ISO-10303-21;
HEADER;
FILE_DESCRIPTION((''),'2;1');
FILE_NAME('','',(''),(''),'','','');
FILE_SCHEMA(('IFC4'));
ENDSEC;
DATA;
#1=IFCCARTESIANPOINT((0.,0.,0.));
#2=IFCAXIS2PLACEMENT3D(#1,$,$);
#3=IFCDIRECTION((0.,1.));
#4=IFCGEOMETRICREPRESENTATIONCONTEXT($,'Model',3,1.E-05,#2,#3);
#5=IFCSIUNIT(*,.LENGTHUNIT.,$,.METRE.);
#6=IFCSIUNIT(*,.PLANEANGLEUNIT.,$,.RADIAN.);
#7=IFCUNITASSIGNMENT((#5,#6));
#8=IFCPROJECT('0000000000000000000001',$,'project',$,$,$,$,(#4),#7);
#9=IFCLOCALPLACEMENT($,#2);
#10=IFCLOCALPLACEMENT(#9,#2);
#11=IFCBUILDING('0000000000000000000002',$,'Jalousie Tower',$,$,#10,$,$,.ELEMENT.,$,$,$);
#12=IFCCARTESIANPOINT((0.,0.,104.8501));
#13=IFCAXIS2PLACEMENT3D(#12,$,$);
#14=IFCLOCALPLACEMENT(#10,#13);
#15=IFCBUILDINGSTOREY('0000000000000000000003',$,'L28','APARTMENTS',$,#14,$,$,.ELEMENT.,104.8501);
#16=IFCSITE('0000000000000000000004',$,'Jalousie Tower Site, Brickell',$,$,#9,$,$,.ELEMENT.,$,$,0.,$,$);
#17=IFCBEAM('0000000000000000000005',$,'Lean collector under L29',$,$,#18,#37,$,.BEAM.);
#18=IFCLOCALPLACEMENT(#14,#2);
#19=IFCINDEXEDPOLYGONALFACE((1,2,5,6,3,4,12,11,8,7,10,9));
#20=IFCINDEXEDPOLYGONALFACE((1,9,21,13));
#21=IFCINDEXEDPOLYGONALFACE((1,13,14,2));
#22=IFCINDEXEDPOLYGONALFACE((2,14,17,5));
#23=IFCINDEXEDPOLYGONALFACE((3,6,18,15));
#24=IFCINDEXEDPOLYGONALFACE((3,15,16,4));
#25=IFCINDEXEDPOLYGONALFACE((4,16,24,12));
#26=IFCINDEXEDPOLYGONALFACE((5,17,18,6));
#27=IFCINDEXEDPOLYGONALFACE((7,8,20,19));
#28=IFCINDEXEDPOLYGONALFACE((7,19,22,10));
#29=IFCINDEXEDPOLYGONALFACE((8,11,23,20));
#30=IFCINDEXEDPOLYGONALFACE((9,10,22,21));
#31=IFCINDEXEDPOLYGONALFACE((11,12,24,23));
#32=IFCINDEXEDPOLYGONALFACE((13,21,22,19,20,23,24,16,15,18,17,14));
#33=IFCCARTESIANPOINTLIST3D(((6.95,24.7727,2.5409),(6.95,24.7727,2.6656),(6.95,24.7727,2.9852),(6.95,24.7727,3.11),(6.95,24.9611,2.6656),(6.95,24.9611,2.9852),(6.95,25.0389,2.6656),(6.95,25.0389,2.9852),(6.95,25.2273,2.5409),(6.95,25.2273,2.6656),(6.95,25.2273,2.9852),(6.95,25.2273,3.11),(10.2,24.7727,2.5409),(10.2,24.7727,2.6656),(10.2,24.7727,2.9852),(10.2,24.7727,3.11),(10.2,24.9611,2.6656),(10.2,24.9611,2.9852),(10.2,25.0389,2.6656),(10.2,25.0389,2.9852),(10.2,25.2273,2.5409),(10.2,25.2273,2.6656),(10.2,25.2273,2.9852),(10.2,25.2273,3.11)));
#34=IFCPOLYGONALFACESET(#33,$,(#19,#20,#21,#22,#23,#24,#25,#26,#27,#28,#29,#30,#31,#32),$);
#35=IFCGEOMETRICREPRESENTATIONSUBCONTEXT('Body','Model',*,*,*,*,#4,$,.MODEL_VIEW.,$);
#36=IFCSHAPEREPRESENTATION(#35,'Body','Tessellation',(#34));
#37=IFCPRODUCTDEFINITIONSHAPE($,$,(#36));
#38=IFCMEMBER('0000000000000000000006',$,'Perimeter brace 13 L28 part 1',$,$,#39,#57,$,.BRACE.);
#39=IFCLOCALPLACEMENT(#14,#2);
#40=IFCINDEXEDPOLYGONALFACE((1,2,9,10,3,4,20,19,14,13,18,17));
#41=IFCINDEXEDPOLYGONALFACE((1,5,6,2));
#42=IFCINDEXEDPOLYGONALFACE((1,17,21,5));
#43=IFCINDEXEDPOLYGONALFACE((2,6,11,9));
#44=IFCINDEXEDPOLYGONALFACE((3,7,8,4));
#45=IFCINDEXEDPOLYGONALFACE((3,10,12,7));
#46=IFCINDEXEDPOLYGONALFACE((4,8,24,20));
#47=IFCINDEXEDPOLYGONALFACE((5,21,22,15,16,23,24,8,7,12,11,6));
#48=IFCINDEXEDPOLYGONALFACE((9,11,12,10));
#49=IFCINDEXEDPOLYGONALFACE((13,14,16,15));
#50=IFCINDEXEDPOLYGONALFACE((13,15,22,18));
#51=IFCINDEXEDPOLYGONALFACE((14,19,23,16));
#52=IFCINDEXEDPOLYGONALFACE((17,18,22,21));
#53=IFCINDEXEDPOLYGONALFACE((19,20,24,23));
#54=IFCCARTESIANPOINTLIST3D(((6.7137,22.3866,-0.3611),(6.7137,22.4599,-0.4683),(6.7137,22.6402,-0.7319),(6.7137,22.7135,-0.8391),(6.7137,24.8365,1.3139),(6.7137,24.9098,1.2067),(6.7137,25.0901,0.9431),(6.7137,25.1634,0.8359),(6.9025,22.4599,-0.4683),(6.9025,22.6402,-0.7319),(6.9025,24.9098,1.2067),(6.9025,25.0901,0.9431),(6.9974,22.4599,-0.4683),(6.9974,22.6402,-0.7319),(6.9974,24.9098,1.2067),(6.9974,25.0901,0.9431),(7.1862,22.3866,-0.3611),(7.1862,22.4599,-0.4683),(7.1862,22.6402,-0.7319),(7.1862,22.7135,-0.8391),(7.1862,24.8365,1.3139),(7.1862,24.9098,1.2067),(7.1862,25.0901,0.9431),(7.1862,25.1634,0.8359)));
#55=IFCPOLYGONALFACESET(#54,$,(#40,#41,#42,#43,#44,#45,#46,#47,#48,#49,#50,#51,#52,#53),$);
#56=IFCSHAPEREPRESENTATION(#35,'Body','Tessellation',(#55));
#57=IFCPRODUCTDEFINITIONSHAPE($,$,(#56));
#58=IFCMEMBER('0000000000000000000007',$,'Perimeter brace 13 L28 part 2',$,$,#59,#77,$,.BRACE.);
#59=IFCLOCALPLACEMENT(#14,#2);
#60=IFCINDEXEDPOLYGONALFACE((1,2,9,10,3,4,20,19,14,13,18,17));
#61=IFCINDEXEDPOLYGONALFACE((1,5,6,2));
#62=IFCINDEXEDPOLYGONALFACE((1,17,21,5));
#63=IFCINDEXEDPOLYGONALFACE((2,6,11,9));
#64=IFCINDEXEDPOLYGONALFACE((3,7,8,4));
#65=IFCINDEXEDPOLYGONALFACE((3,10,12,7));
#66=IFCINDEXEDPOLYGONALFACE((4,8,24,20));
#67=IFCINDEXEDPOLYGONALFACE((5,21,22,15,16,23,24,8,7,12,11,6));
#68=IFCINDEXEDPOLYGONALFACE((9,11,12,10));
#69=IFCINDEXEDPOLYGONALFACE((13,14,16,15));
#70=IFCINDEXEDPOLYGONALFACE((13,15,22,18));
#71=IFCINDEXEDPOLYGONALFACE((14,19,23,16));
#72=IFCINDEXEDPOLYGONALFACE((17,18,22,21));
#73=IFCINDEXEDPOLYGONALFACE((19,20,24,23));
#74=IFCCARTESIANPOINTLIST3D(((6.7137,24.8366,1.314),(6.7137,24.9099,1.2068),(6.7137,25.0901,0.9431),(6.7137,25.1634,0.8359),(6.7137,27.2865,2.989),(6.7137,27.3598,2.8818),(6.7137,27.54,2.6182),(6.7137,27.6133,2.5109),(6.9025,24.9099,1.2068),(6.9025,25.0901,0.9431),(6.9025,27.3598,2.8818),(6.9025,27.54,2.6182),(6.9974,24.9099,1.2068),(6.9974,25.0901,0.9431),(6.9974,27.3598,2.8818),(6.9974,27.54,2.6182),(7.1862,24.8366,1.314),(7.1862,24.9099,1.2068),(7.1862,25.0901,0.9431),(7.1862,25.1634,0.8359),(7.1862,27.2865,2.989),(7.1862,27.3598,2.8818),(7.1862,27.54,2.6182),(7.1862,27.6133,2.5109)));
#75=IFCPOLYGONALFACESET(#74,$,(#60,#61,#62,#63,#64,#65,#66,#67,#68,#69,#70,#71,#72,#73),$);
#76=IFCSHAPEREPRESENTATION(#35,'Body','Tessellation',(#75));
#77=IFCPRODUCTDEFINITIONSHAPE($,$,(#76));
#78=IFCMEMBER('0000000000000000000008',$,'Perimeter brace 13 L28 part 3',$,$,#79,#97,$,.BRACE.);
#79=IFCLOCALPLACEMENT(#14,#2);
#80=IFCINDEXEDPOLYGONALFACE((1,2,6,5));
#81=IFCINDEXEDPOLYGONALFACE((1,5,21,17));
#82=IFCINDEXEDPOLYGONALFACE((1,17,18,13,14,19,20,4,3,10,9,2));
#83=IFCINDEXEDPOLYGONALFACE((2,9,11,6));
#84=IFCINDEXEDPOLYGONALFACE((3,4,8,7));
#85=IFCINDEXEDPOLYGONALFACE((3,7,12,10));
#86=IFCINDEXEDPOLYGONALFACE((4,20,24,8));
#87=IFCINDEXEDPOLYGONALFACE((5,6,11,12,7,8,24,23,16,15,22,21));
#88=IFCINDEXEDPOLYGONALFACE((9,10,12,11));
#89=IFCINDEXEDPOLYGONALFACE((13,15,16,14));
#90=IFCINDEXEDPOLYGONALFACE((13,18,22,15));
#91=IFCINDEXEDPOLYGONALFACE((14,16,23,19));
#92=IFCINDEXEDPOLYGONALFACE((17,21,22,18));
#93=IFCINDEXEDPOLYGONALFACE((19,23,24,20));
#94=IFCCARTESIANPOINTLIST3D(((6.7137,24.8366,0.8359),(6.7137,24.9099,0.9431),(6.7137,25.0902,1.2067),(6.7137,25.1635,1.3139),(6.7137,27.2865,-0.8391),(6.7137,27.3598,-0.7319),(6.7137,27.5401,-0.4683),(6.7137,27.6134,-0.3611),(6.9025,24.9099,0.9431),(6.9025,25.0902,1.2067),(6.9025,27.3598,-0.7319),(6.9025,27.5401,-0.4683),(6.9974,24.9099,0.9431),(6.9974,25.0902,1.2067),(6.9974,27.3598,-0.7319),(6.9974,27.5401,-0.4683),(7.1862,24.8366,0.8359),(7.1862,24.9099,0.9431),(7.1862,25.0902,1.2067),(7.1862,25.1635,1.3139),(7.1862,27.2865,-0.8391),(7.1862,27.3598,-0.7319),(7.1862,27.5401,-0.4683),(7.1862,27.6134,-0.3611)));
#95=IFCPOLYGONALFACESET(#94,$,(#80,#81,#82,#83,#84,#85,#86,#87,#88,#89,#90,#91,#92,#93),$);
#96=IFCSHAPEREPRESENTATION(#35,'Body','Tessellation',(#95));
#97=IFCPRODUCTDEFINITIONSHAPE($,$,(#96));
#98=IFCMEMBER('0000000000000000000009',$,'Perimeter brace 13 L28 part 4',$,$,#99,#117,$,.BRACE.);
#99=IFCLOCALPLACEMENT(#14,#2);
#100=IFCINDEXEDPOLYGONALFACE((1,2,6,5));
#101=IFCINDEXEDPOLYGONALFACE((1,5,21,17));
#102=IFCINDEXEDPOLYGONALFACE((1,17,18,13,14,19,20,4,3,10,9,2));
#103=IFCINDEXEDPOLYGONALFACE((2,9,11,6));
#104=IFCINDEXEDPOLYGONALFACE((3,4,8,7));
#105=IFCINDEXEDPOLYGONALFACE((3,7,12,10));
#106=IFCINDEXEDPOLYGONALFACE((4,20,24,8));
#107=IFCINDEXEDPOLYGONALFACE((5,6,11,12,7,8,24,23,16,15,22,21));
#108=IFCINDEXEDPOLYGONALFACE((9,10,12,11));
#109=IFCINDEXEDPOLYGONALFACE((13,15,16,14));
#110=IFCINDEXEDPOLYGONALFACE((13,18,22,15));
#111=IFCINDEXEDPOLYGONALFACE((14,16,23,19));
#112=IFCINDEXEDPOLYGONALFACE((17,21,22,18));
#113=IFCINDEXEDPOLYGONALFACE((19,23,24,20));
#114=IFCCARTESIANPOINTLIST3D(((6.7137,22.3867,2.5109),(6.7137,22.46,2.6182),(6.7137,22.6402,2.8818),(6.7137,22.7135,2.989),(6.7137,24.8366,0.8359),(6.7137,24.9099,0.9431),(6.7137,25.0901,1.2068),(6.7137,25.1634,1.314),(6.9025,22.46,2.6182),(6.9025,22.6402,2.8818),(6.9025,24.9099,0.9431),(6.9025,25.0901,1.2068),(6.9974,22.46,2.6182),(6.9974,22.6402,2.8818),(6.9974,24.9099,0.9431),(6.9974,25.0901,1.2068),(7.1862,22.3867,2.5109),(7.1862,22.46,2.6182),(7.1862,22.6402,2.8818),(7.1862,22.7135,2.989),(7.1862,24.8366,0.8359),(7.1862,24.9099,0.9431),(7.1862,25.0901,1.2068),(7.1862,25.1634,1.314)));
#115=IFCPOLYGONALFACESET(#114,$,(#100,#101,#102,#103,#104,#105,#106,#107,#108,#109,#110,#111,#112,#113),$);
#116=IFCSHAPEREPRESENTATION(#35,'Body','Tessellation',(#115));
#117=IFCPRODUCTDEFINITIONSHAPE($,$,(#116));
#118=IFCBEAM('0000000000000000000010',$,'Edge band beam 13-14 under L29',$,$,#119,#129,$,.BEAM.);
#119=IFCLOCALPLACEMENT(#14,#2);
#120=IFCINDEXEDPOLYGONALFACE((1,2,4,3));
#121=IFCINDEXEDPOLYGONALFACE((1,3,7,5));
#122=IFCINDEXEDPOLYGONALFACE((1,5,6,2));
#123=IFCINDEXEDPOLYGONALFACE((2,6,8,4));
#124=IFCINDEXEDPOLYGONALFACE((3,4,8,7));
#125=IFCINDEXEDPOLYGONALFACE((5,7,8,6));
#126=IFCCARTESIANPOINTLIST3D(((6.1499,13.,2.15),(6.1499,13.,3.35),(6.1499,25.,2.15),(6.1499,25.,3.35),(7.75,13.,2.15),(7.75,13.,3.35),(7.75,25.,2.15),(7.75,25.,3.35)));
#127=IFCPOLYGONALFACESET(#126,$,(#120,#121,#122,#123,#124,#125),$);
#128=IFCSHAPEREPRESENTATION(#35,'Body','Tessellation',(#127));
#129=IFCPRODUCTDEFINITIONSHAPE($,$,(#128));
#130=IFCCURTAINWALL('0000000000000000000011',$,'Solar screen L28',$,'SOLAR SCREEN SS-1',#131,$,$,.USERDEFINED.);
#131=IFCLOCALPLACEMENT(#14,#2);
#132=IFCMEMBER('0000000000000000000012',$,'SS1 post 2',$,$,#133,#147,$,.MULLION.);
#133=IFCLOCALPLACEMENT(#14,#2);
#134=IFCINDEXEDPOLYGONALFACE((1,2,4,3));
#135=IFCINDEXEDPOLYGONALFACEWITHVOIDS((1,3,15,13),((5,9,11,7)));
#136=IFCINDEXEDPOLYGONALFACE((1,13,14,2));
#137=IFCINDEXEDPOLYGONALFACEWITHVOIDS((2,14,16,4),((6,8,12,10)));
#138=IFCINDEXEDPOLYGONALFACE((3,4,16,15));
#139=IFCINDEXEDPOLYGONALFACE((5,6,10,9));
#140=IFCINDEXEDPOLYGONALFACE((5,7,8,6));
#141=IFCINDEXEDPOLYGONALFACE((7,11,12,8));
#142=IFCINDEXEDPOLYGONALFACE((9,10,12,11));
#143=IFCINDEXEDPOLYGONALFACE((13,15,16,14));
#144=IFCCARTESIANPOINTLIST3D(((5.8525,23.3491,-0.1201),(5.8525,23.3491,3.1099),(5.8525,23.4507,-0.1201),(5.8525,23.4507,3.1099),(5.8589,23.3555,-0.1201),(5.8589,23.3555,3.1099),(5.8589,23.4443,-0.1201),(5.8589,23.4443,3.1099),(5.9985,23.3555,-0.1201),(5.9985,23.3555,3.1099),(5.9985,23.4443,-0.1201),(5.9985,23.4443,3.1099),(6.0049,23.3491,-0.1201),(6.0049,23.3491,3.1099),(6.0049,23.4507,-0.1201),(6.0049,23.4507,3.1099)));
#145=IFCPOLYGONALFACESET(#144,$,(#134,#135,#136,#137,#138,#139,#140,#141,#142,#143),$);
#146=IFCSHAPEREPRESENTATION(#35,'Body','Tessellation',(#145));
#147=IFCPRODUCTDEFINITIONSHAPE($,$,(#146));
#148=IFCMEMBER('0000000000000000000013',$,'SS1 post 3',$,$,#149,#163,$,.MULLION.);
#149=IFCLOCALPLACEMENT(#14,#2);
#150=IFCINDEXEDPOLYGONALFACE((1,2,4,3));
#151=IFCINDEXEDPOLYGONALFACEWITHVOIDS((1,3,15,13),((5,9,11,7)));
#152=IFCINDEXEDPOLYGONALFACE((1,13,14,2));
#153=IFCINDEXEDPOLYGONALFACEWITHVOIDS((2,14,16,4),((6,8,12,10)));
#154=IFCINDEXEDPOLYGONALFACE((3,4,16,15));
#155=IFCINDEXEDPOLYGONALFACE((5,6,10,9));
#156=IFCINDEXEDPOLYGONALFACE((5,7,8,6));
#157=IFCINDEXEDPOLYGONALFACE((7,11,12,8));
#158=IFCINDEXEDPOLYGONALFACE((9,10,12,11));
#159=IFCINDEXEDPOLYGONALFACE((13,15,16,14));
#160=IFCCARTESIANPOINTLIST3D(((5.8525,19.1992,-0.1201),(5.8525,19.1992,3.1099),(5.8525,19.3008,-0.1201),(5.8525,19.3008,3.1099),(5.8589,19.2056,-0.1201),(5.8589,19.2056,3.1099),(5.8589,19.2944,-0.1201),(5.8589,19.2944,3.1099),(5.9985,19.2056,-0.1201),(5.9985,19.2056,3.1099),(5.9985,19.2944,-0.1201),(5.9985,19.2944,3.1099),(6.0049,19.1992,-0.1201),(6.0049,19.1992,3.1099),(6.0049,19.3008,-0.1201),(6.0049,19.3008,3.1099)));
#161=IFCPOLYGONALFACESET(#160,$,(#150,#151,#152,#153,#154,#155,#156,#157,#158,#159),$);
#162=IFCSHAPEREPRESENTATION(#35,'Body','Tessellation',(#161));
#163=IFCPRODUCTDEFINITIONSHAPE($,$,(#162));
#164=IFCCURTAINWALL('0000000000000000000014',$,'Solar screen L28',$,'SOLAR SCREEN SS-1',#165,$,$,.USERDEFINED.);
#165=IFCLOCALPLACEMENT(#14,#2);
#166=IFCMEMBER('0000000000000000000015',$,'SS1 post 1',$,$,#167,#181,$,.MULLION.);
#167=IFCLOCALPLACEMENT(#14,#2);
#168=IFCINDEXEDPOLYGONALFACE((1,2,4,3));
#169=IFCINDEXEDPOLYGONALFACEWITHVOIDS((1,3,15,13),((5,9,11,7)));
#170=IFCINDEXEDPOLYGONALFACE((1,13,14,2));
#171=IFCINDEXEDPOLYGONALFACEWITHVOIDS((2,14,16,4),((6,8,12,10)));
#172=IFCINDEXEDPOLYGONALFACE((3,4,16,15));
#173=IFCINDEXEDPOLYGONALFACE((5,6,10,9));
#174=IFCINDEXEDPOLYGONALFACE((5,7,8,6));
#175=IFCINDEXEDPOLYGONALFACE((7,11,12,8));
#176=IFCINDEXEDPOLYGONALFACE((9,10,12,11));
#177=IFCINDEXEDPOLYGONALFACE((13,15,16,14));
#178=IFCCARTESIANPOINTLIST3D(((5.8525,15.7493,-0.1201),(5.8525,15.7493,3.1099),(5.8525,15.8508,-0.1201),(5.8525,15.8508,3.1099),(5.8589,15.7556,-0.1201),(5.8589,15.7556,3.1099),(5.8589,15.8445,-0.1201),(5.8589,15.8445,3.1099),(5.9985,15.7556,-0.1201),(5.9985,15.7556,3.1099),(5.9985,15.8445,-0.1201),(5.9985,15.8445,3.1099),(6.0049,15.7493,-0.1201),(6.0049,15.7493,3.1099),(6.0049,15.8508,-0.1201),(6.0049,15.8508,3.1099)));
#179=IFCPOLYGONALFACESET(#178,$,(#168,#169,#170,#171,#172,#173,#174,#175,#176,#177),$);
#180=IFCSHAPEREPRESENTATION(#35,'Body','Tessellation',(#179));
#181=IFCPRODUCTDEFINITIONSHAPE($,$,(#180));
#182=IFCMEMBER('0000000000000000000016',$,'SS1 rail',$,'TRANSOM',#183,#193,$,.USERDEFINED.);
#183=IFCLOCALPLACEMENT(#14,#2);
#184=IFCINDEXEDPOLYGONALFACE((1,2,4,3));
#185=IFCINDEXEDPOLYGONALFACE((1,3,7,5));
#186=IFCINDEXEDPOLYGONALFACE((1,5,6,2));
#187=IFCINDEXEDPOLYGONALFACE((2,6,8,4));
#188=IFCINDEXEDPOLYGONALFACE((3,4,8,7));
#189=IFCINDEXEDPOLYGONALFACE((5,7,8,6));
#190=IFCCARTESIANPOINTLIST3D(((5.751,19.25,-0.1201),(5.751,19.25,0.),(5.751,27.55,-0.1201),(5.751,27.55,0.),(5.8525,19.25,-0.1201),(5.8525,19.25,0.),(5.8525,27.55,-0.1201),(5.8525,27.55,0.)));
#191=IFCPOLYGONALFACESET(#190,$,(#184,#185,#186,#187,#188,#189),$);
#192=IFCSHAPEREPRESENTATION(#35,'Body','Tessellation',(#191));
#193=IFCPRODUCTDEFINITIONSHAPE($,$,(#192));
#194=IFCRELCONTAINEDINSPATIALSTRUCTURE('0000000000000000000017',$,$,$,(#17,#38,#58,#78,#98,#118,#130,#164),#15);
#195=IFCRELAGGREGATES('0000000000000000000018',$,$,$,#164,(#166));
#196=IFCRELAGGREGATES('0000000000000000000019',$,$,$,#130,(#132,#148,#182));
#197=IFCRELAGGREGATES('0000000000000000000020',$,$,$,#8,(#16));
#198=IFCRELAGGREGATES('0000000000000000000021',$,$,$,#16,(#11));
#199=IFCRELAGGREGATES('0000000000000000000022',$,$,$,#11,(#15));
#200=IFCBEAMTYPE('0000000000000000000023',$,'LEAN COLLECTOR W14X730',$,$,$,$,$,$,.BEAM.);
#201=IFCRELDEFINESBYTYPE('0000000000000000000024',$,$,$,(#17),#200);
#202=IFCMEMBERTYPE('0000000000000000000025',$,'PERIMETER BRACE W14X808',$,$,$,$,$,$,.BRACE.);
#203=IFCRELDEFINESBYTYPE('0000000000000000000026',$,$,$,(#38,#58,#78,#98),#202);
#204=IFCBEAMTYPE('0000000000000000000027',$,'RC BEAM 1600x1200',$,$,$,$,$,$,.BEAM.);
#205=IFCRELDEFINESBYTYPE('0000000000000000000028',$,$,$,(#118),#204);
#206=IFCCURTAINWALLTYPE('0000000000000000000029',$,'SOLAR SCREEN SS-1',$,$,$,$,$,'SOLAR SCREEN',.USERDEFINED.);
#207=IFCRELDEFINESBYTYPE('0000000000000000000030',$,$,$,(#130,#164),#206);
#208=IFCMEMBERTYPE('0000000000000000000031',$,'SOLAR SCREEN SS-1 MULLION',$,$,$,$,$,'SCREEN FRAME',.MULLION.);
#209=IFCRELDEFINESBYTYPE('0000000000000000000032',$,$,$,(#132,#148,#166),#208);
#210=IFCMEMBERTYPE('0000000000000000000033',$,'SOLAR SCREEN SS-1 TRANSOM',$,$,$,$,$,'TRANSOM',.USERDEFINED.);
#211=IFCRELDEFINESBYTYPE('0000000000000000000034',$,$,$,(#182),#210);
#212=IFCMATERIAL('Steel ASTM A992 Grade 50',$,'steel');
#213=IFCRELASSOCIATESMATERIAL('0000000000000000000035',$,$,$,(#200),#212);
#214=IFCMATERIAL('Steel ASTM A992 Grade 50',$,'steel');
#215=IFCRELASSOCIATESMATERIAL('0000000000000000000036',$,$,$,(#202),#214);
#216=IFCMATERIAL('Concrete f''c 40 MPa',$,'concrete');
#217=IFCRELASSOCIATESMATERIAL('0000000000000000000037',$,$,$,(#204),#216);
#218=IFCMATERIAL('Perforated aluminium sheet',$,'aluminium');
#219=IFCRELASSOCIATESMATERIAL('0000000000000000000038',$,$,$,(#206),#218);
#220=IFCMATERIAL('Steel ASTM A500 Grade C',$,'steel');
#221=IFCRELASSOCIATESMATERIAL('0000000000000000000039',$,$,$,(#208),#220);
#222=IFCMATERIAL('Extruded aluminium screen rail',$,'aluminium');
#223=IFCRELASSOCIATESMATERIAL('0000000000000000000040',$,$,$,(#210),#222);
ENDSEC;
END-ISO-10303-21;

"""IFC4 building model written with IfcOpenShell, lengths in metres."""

from ifc_helpers import new_model, si_unit, direction, frame, origin, origin_2d, place, context, subcontext, project, spatial, rectangle, hollow_rectangle, i_section, extrude, material, material_profile, profile_set, type_object, element, aggregate, save


model = new_model("IFC4")

# Units and contexts
model_context = context("Model", 3, precision=1e-05, world=origin(), true_north=direction((0.0, 1.0)))
body_context = subcontext(model_context, "Body", "Model", "MODEL_VIEW")
ifc_project = project(units=[si_unit("LENGTHUNIT", "METRE"), si_unit("PLANEANGLEUNIT", "RADIAN")], contexts=[model_context])

# Site, building, storey
site_placement = place(None, origin())
site = spatial("IfcSite", under=ifc_project, at=site_placement, Name="Jalousie Tower Site, Brickell", CompositionType="ELEMENT", RefElevation=0.0)
building_placement = place(site_placement, origin())
building = spatial("IfcBuilding", under=site, at=building_placement, Name="Jalousie Tower", CompositionType="ELEMENT")
storey_placement = place(building_placement, frame((0.0, 0.0, 104.8501)))
storey = spatial("IfcBuildingStorey", under=building, at=storey_placement, Name="L28", Description="APARTMENTS", CompositionType="ELEMENT", Elevation=104.8501)

# Beam
ifc_material_1 = material(Name="Steel ASTM A992 Grade 50", Category="steel")
ifc_material_profile_1 = material_profile(ifc_material_1, i_section(OverallWidth=0.4546, OverallDepth=0.5691, WebThickness=0.0779, FlangeThickness=0.1248, at=origin_2d()), Name="W14X730")
ifc_profile_set_1 = profile_set([ifc_material_profile_1], Name="Steel ASTM A992 Grade 50")
beam_type_1 = type_object("IfcBeamType", Name="LEAN COLLECTOR W14X730", PredefinedType="BEAM", material=ifc_profile_set_1)
beam_1_placement = place(storey_placement, frame((6.95, 25.0, 2.8254), z_axis=(1.0, 0.0, 0.0), x_axis=(0.0, 1.0, 0.0)))
element("IfcBeam", 1, at=beam_1_placement, inside=storey, type_object=beam_type_1, Name="Lean collector under L29", PredefinedType="BEAM", context=body_context, shape_type="SweptSolid", body=[
    extrude(i_section(OverallWidth=0.4546, OverallDepth=0.5691, WebThickness=0.0779, FlangeThickness=0.1248, at=origin_2d()), origin(), (0.0, 0.0, 1.0), 3.25),
])

# Members
ifc_material_2 = material(Name="Steel ASTM A992 Grade 50", Category="steel")
ifc_material_profile_2 = material_profile(ifc_material_2, i_section(OverallWidth=0.4724, OverallDepth=0.5791, WebThickness=0.095, FlangeThickness=0.1299, at=origin_2d()), Name="W14X808")
ifc_profile_set_2 = profile_set([ifc_material_profile_2], Name="Steel ASTM A992 Grade 50")
member_type_1 = type_object("IfcMemberType", Name="PERIMETER BRACE W14X808", PredefinedType="BRACE", material=ifc_profile_set_2)
for number, where, z_axis, x_axis, name in (
    (2, (6.95, 22.55, -0.6001), (0.0, 0.825501, 0.564401), (-1.0, 0.0, 0.0), "Perimeter brace 13 L28 part 1"),
    (3, (6.95, 25.0, 1.075), (0.0, 0.825501, 0.564401), (-1.0, 0.0, 0.0), "Perimeter brace 13 L28 part 2"),
    (4, (6.95, 27.45, -0.6001), (0.0, -0.825501, 0.564401), (1.0, 0.0, 0.0), "Perimeter brace 13 L28 part 3"),
    (5, (6.95, 25.0, 1.075), (0.0, -0.825501, 0.564401), (1.0, 0.0, 0.0), "Perimeter brace 13 L28 part 4"),
):
    element("IfcMember", number, at=place(storey_placement, frame(where, z_axis=z_axis, x_axis=x_axis)), inside=storey, type_object=member_type_1, Name=name, PredefinedType="BRACE", context=body_context, shape_type="SweptSolid", body=[
        extrude(i_section(OverallWidth=0.4724, OverallDepth=0.5791, WebThickness=0.095, FlangeThickness=0.1299, at=origin_2d()), origin(), (0.0, 0.0, 1.0), 2.9678),
    ])

# Beam
ifc_material_3 = material(Name="Concrete f'c 40 MPa", Category="concrete")
ifc_material_profile_3 = material_profile(ifc_material_3, rectangle(XDim=1.6001, YDim=1.2, at=origin_2d()), Name="RC 1600x1200")
ifc_profile_set_3 = profile_set([ifc_material_profile_3], Name="Concrete f'c 40 MPa")
beam_type_2 = type_object("IfcBeamType", Name="RC BEAM 1600x1200", PredefinedType="BEAM", material=ifc_profile_set_3)
beam_2_placement = place(storey_placement, frame((6.95, 25.0, 2.75), z_axis=(0.0, -1.0, 0.0), x_axis=(1.0, 0.0, 0.0)))
element("IfcBeam", 6, at=beam_2_placement, inside=storey, type_object=beam_type_2, Name="Edge band beam 13-14 under L29", PredefinedType="BEAM", context=body_context, shape_type="SweptSolid", body=[
    extrude(rectangle(XDim=1.6001, YDim=1.2, at=origin_2d()), origin(), (0.0, 0.0, 1.0), 12.0),
])

# Curtain wall, members
ifc_material_4 = material(Name="Perforated aluminium sheet", Category="aluminium")
curtain_wall_type = type_object("IfcCurtainWallType", Name="SOLAR SCREEN SS-1", ElementType="SOLAR SCREEN", PredefinedType="USERDEFINED", material=ifc_material_4)
curtain_wall_1_placement = place(storey_placement, origin())
curtain_wall_1 = element("IfcCurtainWall", 7, at=curtain_wall_1_placement, inside=storey, type_object=curtain_wall_type, Name="Solar screen L28", ObjectType="SOLAR SCREEN SS-1", PredefinedType="USERDEFINED")
ifc_material_5 = material(Name="Steel ASTM A500 Grade C", Category="steel")
ifc_material_profile_4 = material_profile(ifc_material_5, hollow_rectangle(XDim=0.1016, YDim=0.1523, WallThickness=0.0063, at=origin_2d()), Name="HSS6X4X1/4")
ifc_profile_set_4 = profile_set([ifc_material_profile_4], Name="Steel ASTM A500 Grade C")
member_type_2 = type_object("IfcMemberType", Name="SOLAR SCREEN SS-1 MULLION", ElementType="SCREEN FRAME", PredefinedType="MULLION", material=ifc_profile_set_4)
member_1_placement = place(storey_placement, frame((5.9287, 23.3999, -0.1201), z_axis=(0.0, 0.0, 1.0), x_axis=(0.0, -1.0, 0.0)))
member_1 = element("IfcMember", 8, at=member_1_placement, type_object=member_type_2, Name="SS1 post 2", PredefinedType="MULLION", context=body_context, shape_type="SweptSolid", body=[
    extrude(hollow_rectangle(XDim=0.1016, YDim=0.1523, WallThickness=0.0063, at=origin_2d()), origin(), (0.0, 0.0, 1.0), 3.23),
])
member_2_placement = place(storey_placement, frame((5.9287, 19.25, -0.1201), z_axis=(0.0, 0.0, 1.0), x_axis=(0.0, -1.0, 0.0)))
member_2 = element("IfcMember", 9, at=member_2_placement, type_object=member_type_2, Name="SS1 post 3", PredefinedType="MULLION", context=body_context, shape_type="SweptSolid", body=[
    extrude(hollow_rectangle(XDim=0.1016, YDim=0.1523, WallThickness=0.0063, at=origin_2d()), origin(), (0.0, 0.0, 1.0), 3.23),
])

# Curtain wall, member
curtain_wall_2_placement = place(storey_placement, origin())
curtain_wall_2 = element("IfcCurtainWall", 10, at=curtain_wall_2_placement, inside=storey, type_object=curtain_wall_type, Name="Solar screen L28", ObjectType="SOLAR SCREEN SS-1", PredefinedType="USERDEFINED")
member_3_placement = place(storey_placement, frame((5.9287, 15.8, -0.1201), z_axis=(0.0, 0.0, 1.0), x_axis=(0.0, -1.0, 0.0)))
member_3 = element("IfcMember", 11, at=member_3_placement, type_object=member_type_2, Name="SS1 post 1", PredefinedType="MULLION", context=body_context, shape_type="SweptSolid", body=[
    extrude(hollow_rectangle(XDim=0.1016, YDim=0.1523, WallThickness=0.0063, at=origin_2d()), origin(), (0.0, 0.0, 1.0), 3.23),
])

# Member
ifc_material_6 = material(Name="Extruded aluminium screen rail", Category="aluminium")
ifc_material_profile_5 = material_profile(ifc_material_6, rectangle(XDim=0.1016, YDim=0.1201, at=origin_2d()), Name="RAIL 102x120")
ifc_profile_set_5 = profile_set([ifc_material_profile_5], Name="Extruded aluminium screen rail")
member_type_3 = type_object("IfcMemberType", Name="SOLAR SCREEN SS-1 TRANSOM", ElementType="TRANSOM", PredefinedType="USERDEFINED", material=ifc_profile_set_5)
member_4_placement = place(storey_placement, frame((5.8018, 27.55, -0.0601), z_axis=(0.0, -1.0, 0.0), x_axis=(1.0, 0.0, 0.0)))
member_4 = element("IfcMember", 12, at=member_4_placement, type_object=member_type_3, Name="SS1 rail", ObjectType="TRANSOM", PredefinedType="USERDEFINED", context=body_context, shape_type="SweptSolid", body=[
    extrude(rectangle(XDim=0.1016, YDim=0.1201, at=origin_2d()), origin(), (0.0, 0.0, 1.0), 8.3),
])
aggregate(curtain_wall_2, [member_3])

aggregate(curtain_wall_1, [member_1, member_2, member_4])

save(model, "model.ifc")
